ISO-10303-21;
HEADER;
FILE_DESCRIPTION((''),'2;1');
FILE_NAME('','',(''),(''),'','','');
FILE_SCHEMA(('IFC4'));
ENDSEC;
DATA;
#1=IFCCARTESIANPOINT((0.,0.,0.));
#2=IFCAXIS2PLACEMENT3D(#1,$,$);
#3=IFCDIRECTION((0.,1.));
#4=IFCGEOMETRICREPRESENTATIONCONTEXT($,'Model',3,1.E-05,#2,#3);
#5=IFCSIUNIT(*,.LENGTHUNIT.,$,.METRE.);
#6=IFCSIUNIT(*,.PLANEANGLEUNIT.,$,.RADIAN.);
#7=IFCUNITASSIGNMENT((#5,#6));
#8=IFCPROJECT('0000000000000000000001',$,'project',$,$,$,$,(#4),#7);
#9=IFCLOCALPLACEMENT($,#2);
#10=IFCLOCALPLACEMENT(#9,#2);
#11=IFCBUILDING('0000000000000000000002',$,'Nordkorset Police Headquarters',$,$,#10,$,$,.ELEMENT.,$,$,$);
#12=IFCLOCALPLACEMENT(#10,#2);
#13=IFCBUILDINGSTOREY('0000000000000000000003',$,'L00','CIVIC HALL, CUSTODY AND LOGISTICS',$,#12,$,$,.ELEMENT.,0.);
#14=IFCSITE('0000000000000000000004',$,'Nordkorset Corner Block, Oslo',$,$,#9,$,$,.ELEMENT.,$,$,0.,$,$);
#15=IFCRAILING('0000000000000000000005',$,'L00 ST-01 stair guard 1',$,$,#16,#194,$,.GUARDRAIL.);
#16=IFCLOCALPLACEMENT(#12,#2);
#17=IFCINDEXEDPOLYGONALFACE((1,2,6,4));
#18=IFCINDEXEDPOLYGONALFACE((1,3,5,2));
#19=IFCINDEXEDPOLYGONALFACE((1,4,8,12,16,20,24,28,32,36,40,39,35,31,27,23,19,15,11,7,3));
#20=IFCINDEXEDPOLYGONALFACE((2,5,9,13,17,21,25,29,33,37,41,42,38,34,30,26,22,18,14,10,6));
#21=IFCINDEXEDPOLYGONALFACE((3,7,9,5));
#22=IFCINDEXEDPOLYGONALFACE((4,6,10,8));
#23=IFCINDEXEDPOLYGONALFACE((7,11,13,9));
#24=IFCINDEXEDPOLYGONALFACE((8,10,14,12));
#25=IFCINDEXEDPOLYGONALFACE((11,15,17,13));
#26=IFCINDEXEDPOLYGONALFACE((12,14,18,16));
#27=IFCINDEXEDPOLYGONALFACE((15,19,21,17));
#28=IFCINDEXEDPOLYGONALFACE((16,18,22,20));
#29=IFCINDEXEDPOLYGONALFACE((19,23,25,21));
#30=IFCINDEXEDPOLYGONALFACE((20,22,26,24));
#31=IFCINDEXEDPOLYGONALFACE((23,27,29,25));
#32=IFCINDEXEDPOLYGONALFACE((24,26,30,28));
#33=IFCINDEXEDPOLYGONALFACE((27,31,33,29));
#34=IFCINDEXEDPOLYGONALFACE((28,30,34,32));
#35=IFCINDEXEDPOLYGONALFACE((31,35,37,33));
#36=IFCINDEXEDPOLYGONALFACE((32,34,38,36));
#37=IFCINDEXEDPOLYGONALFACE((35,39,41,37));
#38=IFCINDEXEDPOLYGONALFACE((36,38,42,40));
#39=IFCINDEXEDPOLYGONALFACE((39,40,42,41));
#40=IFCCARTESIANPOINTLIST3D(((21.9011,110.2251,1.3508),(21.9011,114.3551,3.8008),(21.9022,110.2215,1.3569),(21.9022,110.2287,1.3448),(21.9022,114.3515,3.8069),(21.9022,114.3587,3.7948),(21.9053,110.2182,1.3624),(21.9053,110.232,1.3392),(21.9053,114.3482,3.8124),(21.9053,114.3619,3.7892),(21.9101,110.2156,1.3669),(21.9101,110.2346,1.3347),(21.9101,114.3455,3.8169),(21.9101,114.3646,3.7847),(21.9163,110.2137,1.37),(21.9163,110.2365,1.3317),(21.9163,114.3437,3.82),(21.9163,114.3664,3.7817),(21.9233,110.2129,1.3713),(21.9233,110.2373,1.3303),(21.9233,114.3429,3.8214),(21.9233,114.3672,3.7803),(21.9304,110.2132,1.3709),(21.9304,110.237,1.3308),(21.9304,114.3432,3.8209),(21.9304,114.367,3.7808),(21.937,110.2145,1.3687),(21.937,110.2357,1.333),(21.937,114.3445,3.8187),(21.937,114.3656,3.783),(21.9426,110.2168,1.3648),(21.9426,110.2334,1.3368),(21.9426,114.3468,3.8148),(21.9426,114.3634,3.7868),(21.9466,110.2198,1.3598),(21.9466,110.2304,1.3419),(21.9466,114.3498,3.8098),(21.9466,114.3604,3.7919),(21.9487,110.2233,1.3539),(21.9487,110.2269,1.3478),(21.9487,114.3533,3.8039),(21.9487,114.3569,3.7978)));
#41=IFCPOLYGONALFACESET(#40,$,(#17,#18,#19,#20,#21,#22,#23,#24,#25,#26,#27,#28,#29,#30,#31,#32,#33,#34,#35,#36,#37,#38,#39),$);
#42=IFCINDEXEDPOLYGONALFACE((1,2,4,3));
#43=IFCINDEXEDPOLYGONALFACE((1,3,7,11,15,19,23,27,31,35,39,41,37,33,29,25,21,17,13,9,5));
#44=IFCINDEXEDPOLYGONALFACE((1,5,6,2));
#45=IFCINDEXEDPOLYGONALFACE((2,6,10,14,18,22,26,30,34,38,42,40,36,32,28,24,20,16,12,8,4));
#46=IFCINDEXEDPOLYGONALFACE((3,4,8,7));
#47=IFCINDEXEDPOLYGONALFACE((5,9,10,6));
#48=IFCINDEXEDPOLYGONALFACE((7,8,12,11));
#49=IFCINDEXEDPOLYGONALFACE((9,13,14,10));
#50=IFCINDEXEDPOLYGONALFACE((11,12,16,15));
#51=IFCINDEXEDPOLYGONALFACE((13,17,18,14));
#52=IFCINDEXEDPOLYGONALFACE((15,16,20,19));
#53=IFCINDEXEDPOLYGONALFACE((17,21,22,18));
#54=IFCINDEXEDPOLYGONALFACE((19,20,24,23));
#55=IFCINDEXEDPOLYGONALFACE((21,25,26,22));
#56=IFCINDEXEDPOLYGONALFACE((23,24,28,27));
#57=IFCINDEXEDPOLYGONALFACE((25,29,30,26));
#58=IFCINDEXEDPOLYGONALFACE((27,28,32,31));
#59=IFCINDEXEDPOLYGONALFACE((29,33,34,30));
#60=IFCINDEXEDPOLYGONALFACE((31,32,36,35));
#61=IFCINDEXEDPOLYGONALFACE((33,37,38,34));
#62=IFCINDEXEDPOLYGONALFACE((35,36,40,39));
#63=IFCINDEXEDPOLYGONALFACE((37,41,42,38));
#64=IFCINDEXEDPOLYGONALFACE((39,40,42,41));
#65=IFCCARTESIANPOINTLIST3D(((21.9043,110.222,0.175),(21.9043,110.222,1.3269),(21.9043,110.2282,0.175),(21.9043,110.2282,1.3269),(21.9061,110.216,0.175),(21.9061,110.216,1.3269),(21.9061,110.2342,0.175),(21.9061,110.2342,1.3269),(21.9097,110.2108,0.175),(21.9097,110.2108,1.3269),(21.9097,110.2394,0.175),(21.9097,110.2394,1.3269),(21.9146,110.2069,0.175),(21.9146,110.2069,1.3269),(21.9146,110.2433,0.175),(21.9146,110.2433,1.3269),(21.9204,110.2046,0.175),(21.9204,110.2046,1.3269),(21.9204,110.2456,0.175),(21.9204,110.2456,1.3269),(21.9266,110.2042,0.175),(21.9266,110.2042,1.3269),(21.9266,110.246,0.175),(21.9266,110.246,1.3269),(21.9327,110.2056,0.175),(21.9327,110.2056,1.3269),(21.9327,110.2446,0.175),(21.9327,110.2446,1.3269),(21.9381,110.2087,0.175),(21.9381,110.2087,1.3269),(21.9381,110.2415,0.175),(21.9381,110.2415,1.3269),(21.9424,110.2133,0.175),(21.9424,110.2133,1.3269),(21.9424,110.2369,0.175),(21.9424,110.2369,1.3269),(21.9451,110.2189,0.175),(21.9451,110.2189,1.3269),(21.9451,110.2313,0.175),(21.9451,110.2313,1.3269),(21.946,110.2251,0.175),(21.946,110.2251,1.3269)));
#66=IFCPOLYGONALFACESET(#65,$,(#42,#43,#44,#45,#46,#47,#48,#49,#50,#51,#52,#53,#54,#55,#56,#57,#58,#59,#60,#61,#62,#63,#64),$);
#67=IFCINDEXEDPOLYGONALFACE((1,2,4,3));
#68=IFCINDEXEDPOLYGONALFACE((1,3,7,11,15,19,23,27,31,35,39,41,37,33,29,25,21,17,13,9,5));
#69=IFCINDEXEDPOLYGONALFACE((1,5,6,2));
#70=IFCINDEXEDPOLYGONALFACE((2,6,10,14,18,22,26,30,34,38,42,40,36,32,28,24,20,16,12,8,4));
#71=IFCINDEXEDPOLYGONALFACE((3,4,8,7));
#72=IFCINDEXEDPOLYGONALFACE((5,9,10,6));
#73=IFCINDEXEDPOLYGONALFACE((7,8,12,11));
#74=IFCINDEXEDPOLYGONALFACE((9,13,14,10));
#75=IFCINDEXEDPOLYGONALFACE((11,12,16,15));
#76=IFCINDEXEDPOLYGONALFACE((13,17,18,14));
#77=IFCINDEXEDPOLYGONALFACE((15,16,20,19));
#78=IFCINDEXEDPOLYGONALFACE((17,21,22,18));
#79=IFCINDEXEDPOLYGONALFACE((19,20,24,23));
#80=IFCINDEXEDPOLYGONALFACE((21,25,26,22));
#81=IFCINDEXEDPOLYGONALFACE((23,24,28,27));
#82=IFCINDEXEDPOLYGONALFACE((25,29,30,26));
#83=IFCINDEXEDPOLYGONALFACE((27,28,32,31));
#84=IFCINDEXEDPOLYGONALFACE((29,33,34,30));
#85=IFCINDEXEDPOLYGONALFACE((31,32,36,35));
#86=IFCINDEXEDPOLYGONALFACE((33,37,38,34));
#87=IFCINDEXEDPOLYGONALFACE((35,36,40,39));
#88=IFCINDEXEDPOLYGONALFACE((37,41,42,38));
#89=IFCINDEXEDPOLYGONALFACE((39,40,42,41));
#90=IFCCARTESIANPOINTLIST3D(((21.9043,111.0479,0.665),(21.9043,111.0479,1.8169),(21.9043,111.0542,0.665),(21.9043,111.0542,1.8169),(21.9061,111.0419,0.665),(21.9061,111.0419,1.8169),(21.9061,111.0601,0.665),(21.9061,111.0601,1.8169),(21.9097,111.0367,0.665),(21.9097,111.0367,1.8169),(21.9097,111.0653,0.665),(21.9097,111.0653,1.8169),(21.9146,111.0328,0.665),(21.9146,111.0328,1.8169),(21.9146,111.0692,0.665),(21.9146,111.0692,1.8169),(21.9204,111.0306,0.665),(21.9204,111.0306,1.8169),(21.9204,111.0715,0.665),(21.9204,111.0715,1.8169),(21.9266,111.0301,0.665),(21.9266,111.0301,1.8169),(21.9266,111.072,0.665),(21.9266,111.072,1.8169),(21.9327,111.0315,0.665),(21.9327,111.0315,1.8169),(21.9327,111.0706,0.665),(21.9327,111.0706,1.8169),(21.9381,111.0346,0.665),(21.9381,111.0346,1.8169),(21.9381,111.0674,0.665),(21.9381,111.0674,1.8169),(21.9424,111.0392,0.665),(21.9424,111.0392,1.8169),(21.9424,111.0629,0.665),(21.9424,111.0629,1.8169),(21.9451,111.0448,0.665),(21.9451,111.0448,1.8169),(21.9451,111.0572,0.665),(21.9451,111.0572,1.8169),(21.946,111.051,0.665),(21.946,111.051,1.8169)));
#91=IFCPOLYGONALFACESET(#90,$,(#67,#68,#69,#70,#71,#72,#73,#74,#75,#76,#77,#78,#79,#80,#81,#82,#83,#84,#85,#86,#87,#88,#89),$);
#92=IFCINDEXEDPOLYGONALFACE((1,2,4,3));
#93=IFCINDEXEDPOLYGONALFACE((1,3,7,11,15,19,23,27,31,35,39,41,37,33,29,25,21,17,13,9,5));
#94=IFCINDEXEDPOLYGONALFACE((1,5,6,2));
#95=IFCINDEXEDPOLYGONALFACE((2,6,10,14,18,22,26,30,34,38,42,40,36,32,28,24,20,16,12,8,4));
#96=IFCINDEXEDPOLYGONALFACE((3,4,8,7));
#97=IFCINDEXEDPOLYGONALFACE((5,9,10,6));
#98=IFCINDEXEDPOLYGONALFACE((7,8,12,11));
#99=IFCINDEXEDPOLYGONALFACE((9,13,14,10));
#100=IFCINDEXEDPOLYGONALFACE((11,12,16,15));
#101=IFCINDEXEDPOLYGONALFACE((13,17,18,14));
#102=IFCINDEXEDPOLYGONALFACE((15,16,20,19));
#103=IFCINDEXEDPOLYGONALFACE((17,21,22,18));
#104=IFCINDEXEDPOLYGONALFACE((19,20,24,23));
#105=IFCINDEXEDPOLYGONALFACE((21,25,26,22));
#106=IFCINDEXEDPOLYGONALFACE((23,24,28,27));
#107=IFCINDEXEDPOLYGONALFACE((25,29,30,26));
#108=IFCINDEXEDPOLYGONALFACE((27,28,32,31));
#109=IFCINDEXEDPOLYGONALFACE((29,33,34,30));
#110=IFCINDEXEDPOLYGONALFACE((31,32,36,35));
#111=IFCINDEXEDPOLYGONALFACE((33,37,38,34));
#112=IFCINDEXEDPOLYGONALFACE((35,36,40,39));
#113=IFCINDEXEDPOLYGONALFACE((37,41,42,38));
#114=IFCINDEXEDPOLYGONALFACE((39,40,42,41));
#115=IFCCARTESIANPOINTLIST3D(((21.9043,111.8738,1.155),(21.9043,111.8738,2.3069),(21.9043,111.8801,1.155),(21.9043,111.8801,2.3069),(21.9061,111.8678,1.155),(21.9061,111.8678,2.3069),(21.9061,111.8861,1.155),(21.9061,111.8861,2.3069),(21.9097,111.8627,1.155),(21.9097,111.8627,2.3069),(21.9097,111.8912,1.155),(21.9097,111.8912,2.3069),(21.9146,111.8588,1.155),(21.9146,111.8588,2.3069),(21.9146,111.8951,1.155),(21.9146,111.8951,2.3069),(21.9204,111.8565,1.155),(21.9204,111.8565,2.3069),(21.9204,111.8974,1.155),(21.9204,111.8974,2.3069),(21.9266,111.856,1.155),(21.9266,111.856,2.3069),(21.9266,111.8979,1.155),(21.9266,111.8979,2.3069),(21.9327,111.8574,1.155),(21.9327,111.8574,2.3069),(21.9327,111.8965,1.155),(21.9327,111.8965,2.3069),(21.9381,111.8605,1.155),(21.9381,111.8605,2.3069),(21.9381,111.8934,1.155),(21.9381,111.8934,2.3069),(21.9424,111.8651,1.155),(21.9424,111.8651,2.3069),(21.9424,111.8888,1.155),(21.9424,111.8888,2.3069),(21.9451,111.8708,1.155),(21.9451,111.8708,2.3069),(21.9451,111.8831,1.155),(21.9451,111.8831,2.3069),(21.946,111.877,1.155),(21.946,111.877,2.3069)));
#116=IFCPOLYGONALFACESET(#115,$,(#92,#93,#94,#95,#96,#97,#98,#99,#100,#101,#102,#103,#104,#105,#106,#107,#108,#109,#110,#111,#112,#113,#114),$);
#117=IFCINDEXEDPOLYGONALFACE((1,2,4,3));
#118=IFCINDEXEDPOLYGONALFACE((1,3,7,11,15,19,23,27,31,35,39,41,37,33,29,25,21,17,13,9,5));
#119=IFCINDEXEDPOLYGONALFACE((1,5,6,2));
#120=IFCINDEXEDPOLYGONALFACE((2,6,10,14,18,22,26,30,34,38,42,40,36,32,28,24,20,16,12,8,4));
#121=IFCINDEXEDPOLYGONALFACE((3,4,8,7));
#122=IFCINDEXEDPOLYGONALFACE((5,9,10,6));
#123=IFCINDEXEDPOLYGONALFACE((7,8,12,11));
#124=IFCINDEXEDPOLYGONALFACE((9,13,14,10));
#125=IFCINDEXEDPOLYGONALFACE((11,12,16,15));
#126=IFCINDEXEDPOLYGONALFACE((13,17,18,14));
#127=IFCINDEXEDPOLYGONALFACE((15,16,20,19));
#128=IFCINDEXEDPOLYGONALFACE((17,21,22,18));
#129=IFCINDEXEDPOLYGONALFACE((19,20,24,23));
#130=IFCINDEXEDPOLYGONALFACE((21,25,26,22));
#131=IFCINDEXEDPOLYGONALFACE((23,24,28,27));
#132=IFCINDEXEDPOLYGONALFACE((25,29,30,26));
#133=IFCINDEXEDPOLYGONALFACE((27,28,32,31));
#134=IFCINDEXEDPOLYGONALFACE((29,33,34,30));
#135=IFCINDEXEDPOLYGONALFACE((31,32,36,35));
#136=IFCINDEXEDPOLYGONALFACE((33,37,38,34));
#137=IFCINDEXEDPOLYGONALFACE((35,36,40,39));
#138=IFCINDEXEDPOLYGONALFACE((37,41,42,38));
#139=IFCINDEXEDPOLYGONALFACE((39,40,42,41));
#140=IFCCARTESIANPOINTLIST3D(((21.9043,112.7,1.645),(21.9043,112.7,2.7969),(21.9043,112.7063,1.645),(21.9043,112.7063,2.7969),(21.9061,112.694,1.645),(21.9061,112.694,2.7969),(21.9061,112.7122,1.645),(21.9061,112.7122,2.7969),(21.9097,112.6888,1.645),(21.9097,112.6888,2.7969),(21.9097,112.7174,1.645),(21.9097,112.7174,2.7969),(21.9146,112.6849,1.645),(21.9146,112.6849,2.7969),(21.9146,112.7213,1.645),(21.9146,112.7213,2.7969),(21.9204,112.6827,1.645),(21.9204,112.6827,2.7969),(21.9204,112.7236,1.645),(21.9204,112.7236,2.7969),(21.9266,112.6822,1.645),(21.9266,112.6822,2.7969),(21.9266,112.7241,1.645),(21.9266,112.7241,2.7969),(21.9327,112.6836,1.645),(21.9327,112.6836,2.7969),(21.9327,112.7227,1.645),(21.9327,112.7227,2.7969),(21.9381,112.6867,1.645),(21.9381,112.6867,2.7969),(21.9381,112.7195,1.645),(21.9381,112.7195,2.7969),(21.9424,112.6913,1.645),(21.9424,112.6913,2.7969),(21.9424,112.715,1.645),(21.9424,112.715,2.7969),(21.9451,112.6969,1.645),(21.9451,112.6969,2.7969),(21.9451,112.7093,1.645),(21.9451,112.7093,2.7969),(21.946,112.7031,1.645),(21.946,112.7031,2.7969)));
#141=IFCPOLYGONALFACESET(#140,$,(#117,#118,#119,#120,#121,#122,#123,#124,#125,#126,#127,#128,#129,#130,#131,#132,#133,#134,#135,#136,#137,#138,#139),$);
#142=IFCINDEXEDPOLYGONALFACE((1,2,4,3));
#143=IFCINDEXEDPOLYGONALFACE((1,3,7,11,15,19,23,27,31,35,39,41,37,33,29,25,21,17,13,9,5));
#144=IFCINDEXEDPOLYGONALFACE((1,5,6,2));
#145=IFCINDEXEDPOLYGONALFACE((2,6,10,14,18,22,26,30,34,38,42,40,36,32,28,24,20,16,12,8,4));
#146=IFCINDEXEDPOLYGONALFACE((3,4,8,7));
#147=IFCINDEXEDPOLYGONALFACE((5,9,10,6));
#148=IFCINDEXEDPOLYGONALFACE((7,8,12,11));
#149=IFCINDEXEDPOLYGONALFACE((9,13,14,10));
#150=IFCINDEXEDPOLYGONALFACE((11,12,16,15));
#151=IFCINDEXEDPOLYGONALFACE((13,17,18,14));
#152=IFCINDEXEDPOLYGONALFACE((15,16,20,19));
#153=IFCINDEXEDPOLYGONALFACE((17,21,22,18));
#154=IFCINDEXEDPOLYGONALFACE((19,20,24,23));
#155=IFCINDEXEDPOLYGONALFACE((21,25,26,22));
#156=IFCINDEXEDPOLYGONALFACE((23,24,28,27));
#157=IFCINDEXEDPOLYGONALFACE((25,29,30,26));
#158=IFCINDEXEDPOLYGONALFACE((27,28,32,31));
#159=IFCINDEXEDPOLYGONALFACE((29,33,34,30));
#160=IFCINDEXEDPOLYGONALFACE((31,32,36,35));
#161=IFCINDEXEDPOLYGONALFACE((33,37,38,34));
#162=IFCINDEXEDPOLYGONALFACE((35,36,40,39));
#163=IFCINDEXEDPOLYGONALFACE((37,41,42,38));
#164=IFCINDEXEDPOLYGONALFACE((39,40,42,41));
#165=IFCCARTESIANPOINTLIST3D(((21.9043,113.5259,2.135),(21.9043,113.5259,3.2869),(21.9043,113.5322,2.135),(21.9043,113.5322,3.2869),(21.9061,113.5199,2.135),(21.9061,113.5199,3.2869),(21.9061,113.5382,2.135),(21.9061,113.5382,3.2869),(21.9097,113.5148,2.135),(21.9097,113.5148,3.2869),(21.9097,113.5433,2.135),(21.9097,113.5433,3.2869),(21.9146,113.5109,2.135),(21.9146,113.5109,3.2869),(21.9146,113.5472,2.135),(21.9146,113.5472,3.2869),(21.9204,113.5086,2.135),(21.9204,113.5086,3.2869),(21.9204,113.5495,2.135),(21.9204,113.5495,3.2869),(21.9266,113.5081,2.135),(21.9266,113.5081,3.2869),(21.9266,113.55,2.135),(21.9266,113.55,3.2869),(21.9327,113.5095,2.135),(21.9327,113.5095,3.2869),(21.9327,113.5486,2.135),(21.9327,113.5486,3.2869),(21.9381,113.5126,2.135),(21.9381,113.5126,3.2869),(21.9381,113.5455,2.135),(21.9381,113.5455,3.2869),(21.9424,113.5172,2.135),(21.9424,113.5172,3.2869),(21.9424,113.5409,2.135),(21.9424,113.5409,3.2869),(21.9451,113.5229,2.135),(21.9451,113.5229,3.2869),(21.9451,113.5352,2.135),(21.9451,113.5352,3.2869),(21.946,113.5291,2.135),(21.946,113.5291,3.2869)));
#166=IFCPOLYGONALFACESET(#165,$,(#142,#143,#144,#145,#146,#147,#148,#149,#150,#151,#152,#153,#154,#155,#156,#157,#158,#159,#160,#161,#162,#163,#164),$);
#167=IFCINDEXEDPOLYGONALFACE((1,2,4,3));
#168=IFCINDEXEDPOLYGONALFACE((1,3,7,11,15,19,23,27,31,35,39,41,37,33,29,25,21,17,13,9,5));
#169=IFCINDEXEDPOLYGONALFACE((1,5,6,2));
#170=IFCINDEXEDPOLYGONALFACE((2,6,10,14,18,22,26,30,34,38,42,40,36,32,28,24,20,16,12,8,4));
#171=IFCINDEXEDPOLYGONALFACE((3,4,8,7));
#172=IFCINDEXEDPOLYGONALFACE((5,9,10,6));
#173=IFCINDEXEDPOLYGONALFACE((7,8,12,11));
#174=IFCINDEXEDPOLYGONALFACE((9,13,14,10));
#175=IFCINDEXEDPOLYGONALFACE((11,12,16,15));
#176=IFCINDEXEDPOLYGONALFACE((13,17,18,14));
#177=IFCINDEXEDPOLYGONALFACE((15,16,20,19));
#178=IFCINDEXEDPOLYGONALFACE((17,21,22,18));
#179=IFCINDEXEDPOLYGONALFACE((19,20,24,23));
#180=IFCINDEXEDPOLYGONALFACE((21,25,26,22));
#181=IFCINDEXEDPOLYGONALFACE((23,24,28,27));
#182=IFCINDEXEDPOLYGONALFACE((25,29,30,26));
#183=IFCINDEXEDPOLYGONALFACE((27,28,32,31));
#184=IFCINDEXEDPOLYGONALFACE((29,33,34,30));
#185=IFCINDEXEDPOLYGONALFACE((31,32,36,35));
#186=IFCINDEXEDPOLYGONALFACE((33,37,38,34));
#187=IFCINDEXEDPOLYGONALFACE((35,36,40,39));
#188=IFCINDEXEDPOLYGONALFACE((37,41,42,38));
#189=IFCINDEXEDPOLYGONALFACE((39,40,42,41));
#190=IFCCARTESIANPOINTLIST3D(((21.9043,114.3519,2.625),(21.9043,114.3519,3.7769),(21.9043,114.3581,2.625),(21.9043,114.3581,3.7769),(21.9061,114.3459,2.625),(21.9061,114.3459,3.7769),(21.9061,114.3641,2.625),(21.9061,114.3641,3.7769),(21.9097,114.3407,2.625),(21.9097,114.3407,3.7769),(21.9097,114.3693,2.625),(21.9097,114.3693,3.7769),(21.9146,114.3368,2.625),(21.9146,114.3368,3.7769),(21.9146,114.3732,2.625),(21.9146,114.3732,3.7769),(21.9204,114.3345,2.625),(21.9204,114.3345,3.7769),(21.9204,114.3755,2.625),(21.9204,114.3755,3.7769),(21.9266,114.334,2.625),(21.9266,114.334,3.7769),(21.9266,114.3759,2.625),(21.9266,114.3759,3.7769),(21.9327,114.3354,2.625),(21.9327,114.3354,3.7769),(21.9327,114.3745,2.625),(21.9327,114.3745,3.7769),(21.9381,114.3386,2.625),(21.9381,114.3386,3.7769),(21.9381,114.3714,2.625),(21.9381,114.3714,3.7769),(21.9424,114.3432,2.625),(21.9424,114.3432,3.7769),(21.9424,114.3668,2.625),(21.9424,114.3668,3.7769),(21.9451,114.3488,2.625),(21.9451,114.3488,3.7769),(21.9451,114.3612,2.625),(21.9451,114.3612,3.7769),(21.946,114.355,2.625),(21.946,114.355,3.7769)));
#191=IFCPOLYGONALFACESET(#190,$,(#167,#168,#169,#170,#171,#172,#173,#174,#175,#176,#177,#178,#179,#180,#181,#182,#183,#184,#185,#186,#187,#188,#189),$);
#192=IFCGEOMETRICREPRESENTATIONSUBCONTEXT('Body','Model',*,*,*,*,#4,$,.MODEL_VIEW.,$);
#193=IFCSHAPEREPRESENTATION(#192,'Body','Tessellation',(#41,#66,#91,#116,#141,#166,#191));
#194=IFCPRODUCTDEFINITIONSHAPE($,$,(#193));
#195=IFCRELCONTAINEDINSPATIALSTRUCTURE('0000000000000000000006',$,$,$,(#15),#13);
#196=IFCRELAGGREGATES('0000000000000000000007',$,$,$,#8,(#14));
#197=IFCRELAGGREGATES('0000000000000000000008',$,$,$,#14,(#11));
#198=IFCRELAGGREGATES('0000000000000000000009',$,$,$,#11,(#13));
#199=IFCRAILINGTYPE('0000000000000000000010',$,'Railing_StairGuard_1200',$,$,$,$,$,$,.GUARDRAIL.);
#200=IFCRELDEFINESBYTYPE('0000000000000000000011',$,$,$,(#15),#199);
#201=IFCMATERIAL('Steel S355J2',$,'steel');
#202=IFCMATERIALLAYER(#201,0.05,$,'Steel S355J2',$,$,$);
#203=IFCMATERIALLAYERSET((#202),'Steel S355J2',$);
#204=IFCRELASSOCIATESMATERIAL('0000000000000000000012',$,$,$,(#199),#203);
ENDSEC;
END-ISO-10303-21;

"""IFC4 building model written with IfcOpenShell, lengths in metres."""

from ifc_helpers import new_model, si_unit, direction, frame, origin, origin_2d, place, context, subcontext, project, spatial, circle, extrude, material, layer, layer_set, type_object, element, save


model = new_model("IFC4")

# Units and contexts
model_context = context("Model", 3, precision=1e-05, world=origin(), true_north=direction((0.0, 1.0)))
body_context = subcontext(model_context, "Body", "Model", "MODEL_VIEW")
ifc_project = project(units=[si_unit("LENGTHUNIT", "METRE"), si_unit("PLANEANGLEUNIT", "RADIAN")], contexts=[model_context])

# Site, building, storey
site_placement = place(None, origin())
site = spatial("IfcSite", under=ifc_project, at=site_placement, Name="Nordkorset Corner Block, Oslo", CompositionType="ELEMENT", RefElevation=0.0)
building_placement = place(site_placement, origin())
building = spatial("IfcBuilding", under=site, at=building_placement, Name="Nordkorset Police Headquarters", CompositionType="ELEMENT")
storey_placement = place(building_placement, origin())
storey = spatial("IfcBuildingStorey", under=building, at=storey_placement, Name="L00", Description="CIVIC HALL, CUSTODY AND LOGISTICS", CompositionType="ELEMENT", Elevation=0.0)

# Railing
ifc_material_1 = material(Name="Steel S355J2", Category="steel")
ifc_layer_1 = layer(ifc_material_1, 0.05, Name="Steel S355J2")
ifc_layer_set_1 = layer_set([ifc_layer_1], Name="Steel S355J2")
railing_type = type_object("IfcRailingType", Name="Railing_StairGuard_1200", PredefinedType="GUARDRAIL", material=ifc_layer_set_1)
railing_1_placement = place(storey_placement, frame((21.925, 110.2251, 0.175)))
element("IfcRailing", 1, at=railing_1_placement, inside=storey, type_object=railing_type, Name="L00 ST-01 stair guard 1", PredefinedType="GUARDRAIL", context=body_context, shape_type="SweptSolid", body=[
    extrude(circle(Radius=0.0239, at=origin_2d()), frame((0.0, 0.0, 1.1758), z_axis=(0.0, 0.860053, 0.510205), x_axis=(-1.0, 0.0, 0.0)), (0.0, 0.0, 1.0), 4.802),
    extrude(circle(Radius=0.021, at=origin_2d()), origin(), (0.0, 0.0, 1.0), 1.1519),
    extrude(circle(Radius=0.021, at=origin_2d()), frame((0.0, 0.8259, 0.49)), (0.0, 0.0, 1.0), 1.1519),
    extrude(circle(Radius=0.021, at=origin_2d()), frame((0.0, 1.6519, 0.98)), (0.0, 0.0, 1.0), 1.1519),
    extrude(circle(Radius=0.021, at=origin_2d()), frame((0.0, 2.478, 1.47)), (0.0, 0.0, 1.0), 1.1519),
    extrude(circle(Radius=0.021, at=origin_2d()), frame((0.0, 3.304, 1.96)), (0.0, 0.0, 1.0), 1.1519),
    extrude(circle(Radius=0.021, at=origin_2d()), frame((0.0, 4.1299, 2.45)), (0.0, 0.0, 1.0), 1.1519),
])

save(model, "model.ifc")
